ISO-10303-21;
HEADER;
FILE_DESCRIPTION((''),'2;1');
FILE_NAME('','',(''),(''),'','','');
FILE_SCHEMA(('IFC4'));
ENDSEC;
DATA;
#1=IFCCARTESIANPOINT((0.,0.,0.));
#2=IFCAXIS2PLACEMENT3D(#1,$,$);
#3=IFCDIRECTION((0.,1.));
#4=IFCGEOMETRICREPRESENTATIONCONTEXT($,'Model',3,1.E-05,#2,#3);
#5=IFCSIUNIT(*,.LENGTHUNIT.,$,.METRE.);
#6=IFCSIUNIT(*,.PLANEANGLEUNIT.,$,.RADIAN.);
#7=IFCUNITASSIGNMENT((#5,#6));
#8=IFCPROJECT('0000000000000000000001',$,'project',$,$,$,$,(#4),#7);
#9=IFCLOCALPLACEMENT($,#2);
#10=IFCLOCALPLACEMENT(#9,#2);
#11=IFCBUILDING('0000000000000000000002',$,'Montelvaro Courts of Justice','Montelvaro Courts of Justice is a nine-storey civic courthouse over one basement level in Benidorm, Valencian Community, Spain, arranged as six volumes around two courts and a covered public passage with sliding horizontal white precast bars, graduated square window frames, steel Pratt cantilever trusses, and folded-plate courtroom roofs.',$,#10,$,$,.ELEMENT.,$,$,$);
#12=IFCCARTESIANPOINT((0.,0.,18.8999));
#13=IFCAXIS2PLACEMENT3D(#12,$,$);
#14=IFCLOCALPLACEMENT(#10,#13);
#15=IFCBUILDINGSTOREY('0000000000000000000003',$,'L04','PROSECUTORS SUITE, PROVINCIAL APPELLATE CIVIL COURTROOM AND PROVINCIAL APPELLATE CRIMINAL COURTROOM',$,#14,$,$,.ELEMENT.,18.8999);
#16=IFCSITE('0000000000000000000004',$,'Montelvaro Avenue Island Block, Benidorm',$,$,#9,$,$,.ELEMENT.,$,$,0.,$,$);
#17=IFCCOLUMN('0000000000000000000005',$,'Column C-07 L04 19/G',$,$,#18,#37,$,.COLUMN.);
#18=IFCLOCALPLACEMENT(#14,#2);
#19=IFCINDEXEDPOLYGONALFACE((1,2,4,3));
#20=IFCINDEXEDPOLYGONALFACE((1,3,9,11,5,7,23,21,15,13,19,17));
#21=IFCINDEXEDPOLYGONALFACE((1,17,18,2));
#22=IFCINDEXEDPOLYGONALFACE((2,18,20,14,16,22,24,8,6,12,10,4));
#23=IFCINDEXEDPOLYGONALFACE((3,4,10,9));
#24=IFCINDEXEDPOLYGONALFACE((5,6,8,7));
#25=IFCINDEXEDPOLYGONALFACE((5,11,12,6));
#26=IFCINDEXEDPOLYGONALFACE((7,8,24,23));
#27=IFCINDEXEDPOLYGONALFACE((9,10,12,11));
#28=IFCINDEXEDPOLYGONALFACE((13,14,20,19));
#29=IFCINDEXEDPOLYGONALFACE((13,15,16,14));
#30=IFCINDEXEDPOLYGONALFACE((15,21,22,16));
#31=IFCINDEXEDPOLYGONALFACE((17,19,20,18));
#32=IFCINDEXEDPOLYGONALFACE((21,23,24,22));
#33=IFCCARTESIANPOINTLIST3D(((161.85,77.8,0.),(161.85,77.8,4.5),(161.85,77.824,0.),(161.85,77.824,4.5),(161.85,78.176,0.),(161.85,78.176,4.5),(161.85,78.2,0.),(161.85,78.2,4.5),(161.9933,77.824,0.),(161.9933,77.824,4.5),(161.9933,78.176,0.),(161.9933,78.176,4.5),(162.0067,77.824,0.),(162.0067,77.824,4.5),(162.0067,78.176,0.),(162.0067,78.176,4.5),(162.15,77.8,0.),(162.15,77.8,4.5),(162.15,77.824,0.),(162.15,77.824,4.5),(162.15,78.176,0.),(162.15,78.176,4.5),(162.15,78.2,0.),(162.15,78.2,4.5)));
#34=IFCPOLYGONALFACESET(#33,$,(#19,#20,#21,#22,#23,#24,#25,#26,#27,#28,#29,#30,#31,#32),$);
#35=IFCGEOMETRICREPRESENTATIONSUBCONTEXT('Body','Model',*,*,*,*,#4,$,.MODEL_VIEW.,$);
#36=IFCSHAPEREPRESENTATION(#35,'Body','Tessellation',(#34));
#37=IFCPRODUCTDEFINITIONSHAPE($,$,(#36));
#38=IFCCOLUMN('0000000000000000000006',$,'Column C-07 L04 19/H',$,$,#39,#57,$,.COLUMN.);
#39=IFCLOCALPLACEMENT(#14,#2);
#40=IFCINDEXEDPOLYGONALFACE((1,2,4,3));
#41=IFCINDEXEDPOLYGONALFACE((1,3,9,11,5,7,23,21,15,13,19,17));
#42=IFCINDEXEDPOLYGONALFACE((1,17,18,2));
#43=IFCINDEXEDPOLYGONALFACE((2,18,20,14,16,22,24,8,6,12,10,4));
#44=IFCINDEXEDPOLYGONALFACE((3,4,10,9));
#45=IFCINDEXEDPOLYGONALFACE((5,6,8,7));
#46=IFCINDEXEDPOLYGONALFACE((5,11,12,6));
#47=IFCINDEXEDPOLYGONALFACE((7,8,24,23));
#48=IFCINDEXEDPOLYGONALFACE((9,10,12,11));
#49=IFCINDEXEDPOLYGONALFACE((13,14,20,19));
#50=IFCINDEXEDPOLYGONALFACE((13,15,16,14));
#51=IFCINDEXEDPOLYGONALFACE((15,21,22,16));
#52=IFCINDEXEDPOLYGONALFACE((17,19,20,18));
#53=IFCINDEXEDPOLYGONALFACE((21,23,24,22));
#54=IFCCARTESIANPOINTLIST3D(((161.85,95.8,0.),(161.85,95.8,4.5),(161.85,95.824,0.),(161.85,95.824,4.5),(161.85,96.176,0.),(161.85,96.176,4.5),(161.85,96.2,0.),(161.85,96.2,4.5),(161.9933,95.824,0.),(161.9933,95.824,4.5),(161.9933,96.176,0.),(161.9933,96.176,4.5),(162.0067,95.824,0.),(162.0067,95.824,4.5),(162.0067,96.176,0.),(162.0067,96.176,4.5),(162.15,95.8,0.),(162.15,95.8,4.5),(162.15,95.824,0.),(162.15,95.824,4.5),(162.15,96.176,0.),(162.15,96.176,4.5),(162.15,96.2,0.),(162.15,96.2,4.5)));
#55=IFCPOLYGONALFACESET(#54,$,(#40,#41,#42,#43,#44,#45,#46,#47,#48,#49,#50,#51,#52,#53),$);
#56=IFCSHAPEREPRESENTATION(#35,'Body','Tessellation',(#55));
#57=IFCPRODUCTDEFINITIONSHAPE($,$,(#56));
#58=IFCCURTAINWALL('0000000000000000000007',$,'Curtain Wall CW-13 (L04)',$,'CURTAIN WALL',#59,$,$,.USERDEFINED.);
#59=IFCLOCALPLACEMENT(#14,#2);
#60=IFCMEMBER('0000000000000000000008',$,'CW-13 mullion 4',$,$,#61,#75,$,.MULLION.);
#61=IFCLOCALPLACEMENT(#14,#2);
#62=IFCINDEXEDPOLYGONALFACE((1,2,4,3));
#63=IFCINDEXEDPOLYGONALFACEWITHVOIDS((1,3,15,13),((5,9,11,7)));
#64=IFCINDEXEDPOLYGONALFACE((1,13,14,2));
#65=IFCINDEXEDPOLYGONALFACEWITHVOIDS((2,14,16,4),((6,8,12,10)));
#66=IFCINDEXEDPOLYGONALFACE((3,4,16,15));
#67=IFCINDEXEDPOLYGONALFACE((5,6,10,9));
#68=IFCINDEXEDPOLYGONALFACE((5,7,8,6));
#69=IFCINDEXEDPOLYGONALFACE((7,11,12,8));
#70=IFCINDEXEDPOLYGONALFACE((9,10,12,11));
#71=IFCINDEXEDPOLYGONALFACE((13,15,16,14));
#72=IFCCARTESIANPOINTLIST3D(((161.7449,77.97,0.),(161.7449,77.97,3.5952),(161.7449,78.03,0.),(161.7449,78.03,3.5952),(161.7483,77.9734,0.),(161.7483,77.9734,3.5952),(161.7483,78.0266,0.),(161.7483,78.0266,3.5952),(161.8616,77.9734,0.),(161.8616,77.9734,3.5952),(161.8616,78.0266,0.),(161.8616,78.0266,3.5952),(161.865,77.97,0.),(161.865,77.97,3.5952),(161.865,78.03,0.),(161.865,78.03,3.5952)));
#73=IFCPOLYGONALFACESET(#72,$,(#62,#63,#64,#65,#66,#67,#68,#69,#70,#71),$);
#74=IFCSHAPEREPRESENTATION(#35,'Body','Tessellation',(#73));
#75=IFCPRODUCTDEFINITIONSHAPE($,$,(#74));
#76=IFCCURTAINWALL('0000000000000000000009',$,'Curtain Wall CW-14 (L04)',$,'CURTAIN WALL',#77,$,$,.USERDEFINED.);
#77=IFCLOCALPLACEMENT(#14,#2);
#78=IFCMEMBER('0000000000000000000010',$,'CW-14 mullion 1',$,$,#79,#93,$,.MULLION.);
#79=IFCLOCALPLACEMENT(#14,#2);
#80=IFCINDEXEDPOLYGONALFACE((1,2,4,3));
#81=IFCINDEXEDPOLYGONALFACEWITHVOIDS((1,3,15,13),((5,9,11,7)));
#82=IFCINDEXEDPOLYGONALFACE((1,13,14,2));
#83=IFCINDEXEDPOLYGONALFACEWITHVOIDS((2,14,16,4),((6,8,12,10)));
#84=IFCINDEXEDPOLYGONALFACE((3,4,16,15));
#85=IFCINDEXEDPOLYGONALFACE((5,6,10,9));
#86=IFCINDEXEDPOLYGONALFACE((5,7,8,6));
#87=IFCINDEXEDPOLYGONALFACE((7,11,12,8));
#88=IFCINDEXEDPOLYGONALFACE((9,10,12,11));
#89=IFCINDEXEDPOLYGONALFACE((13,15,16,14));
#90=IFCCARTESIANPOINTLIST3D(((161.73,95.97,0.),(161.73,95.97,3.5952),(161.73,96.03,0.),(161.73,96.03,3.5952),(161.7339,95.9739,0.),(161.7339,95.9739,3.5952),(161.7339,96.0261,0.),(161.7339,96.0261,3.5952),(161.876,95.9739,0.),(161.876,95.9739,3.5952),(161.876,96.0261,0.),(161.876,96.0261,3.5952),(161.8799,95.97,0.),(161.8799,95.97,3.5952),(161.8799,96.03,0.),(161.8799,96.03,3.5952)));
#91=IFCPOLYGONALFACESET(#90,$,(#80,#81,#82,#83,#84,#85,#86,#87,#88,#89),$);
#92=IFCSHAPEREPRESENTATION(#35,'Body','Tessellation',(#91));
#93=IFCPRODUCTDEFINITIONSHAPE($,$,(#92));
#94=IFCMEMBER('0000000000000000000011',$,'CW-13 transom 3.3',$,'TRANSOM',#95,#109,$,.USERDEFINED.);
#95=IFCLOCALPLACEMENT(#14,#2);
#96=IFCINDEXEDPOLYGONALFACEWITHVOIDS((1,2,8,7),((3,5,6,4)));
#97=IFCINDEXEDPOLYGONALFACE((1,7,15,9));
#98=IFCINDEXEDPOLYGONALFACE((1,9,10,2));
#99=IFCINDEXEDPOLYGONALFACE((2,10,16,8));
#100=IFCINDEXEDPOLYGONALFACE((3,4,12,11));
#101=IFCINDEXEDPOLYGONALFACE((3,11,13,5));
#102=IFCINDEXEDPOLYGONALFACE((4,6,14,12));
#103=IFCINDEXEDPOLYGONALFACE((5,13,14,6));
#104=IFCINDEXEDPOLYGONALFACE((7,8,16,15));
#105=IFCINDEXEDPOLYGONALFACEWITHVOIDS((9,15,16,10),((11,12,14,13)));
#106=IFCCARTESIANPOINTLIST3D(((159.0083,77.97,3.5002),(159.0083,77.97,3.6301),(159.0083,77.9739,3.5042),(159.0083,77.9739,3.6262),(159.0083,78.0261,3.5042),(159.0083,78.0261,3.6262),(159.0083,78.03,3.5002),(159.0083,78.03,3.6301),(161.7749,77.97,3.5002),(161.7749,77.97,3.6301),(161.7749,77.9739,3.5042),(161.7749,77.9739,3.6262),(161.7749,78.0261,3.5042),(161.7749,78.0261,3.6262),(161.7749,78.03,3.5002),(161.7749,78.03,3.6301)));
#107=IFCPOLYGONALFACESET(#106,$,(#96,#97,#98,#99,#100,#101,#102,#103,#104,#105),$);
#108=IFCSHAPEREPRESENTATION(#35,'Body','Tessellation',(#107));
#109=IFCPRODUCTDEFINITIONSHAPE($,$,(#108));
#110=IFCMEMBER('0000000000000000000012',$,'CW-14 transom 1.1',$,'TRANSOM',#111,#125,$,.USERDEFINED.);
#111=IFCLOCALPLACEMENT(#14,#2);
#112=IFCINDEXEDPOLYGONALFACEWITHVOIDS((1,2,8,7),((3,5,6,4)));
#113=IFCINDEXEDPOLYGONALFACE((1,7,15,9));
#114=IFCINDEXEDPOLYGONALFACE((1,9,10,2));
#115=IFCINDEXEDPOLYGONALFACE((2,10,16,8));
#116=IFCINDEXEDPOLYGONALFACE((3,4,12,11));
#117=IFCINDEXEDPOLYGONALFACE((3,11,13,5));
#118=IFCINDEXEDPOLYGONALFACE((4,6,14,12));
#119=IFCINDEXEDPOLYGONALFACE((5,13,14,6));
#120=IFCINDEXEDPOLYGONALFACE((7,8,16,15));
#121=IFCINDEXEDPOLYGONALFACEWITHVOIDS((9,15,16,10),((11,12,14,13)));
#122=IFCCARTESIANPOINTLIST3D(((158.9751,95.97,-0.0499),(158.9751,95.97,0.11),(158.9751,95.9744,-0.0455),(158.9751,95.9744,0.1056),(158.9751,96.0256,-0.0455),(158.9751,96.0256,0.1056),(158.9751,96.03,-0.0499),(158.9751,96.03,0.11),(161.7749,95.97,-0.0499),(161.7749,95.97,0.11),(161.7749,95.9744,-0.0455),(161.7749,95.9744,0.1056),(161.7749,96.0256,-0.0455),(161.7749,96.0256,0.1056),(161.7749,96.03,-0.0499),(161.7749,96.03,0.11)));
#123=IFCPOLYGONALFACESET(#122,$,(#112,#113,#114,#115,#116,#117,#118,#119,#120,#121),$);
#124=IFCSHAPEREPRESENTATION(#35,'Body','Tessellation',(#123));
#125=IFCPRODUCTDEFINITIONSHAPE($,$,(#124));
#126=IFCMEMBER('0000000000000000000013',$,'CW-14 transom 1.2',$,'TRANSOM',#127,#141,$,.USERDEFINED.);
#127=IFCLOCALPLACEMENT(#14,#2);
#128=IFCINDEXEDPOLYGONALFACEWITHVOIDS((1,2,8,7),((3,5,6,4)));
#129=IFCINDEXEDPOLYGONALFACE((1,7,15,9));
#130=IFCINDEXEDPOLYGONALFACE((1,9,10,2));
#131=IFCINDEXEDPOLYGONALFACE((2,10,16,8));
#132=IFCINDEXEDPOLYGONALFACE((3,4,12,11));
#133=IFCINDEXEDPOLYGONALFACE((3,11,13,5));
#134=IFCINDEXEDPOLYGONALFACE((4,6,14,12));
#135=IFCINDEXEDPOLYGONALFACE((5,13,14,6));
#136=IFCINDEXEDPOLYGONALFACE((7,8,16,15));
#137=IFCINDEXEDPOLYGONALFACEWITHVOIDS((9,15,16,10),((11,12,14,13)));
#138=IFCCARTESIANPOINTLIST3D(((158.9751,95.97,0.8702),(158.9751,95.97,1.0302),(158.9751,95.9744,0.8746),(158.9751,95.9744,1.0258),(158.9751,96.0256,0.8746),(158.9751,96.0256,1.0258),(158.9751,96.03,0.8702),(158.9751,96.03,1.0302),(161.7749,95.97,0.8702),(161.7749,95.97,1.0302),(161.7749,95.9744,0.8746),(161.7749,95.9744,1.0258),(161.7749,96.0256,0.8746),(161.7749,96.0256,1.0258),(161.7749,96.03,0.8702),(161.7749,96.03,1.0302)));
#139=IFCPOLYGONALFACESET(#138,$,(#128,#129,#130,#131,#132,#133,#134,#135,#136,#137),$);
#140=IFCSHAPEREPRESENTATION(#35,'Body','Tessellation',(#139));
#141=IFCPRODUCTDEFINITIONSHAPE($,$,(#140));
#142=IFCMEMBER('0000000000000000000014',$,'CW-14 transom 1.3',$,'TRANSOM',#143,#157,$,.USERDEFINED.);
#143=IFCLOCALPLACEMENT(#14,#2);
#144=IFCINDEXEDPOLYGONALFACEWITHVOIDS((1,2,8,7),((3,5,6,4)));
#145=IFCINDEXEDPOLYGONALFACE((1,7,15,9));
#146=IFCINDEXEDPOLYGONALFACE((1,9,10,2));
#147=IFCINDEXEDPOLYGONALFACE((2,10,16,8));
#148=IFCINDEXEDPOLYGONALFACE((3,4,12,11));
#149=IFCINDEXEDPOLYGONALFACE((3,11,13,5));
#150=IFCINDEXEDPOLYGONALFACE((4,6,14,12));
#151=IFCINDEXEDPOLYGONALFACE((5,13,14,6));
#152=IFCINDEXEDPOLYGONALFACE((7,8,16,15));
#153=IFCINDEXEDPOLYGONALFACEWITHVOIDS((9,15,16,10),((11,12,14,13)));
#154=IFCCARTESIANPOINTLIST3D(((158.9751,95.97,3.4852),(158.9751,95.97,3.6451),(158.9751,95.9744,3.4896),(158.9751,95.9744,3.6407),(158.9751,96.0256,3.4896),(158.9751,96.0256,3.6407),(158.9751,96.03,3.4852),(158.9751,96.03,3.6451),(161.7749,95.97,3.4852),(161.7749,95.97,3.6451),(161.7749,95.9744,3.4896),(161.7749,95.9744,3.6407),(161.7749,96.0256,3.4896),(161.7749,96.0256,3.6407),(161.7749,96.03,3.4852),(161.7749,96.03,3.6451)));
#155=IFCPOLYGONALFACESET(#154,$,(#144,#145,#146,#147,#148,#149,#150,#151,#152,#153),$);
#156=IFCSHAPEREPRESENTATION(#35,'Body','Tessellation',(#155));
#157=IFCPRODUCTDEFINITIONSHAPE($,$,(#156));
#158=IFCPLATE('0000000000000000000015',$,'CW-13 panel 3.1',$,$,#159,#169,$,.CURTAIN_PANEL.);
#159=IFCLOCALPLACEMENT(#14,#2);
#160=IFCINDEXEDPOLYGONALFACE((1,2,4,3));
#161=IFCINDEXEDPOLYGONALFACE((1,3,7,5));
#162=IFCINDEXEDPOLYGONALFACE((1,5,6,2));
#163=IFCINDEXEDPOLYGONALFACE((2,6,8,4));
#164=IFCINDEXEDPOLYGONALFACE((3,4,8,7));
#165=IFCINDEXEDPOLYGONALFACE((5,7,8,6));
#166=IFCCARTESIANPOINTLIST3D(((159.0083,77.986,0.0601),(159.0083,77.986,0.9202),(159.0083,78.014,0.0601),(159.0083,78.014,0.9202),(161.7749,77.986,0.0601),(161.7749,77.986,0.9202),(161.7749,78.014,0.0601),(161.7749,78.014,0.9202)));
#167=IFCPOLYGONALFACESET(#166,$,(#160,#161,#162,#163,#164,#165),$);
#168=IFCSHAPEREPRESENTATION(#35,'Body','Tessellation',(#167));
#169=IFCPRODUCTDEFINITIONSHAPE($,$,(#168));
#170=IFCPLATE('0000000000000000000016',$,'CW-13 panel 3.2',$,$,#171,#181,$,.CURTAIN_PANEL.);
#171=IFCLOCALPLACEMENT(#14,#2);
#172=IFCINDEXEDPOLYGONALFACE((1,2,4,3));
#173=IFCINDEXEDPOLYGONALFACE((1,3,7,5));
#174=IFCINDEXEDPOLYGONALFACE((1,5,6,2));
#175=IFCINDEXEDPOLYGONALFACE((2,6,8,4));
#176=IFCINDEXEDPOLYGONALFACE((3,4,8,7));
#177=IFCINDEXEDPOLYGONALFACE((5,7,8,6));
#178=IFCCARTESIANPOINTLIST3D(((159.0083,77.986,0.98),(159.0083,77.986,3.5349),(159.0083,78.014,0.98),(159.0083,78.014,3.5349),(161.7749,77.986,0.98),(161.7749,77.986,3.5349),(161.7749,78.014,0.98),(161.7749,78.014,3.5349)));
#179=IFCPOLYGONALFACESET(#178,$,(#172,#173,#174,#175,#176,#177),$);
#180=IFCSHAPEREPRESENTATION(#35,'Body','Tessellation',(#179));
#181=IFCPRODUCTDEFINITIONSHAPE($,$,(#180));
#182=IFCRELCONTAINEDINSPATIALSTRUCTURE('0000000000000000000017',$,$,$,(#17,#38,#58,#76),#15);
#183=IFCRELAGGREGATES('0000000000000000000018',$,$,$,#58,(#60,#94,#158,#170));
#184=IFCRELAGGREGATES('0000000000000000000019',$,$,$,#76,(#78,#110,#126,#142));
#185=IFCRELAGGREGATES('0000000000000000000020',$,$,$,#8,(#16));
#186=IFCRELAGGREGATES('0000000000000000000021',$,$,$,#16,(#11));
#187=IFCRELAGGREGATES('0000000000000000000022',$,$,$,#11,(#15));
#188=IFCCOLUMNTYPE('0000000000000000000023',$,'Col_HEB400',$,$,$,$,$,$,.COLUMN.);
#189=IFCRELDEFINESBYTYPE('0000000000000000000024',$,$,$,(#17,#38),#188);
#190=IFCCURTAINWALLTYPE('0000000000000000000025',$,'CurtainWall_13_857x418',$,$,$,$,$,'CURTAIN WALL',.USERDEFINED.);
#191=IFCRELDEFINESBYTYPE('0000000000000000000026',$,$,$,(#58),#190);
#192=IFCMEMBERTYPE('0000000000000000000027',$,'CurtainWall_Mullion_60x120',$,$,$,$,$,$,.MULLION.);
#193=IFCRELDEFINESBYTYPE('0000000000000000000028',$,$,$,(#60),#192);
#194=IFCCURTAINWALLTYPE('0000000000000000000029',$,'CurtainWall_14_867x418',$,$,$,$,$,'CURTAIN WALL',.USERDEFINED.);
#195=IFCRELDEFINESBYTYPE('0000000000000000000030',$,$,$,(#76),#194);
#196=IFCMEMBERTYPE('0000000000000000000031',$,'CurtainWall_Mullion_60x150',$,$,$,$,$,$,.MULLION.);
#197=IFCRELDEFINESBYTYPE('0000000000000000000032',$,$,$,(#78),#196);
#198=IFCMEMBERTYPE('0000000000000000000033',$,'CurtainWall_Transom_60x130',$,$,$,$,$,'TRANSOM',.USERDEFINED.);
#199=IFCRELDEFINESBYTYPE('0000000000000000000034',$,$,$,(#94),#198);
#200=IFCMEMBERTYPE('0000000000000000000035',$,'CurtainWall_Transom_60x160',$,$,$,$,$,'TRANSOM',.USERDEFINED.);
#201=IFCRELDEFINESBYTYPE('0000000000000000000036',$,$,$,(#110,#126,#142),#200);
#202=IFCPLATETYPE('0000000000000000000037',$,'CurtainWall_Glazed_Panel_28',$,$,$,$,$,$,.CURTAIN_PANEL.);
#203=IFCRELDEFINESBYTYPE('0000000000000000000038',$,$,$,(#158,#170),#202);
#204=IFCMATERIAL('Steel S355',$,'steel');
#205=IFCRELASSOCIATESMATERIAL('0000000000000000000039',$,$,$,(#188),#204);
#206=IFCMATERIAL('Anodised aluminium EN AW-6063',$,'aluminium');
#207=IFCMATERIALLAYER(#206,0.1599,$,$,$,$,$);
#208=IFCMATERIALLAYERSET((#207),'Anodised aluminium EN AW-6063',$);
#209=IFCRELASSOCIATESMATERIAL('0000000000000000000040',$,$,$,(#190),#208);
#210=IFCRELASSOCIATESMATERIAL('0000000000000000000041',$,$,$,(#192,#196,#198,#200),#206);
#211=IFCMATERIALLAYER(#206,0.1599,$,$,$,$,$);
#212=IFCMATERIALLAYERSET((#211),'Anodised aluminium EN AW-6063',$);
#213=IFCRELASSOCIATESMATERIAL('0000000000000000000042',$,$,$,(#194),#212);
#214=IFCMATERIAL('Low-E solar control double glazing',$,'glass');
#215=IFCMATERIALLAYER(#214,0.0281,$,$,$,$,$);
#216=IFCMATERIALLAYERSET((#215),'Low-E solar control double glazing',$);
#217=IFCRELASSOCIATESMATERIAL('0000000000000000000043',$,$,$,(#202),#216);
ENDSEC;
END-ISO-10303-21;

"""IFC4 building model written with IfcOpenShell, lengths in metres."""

from ifc_helpers import new_model, si_unit, direction, frame, origin, origin_2d, place, context, subcontext, project, spatial, rectangle, hollow_rectangle, i_section, extrude, material, layer, layer_set, material_profile, profile_set, type_object, element, aggregate, save


model = new_model("IFC4")

# Units and contexts
model_context = context("Model", 3, precision=1e-05, world=origin(), true_north=direction((0.0, 1.0)))
body_context = subcontext(model_context, "Body", "Model", "MODEL_VIEW")
ifc_project = project(units=[si_unit("LENGTHUNIT", "METRE"), si_unit("PLANEANGLEUNIT", "RADIAN")], contexts=[model_context])

# Site, building, storey
site_placement = place(None, origin())
site = spatial("IfcSite", under=ifc_project, at=site_placement, Name="Montelvaro Avenue Island Block, Benidorm", CompositionType="ELEMENT", RefElevation=0.0)
building_placement = place(site_placement, origin())
building = spatial("IfcBuilding", under=site, at=building_placement, Name="Montelvaro Courts of Justice", Description="Montelvaro Courts of Justice is a nine-storey civic courthouse over one basement level in Benidorm, Valencian Community, Spain, arranged as six volumes around two courts and a covered public passage with sliding horizontal white precast bars, graduated square window frames, steel Pratt cantilever trusses, and folded-plate courtroom roofs.", CompositionType="ELEMENT")
storey_placement = place(building_placement, frame((0.0, 0.0, 18.8999)))
storey = spatial("IfcBuildingStorey", under=building, at=storey_placement, Name="L04", Description="PROSECUTORS SUITE, PROVINCIAL APPELLATE CIVIL COURTROOM AND PROVINCIAL APPELLATE CRIMINAL COURTROOM", CompositionType="ELEMENT", Elevation=18.8999)

# Columns
ifc_material_1 = material(Name="Steel S355", Category="steel")
ifc_material_profile_1 = material_profile(ifc_material_1, i_section(OverallWidth=0.3, OverallDepth=0.3999, WebThickness=0.0134, FlangeThickness=0.0239, at=origin_2d()), Name="HEB 400")
ifc_profile_set_1 = profile_set([ifc_material_profile_1], Name="Steel S355")
column_type = type_object("IfcColumnType", Name="Col_HEB400", PredefinedType="COLUMN", material=ifc_profile_set_1)
for number, where, z_axis, x_axis, name in (
    (1, (162.0, 78.0, 0.0), (0.0, 0.0, 1.0), (1.0, 0.0, 0.0), "Column C-07 L04 19/G"),
    (2, (162.0, 96.0, 0.0), (0.0, 0.0, 1.0), (1.0, 0.0, 0.0), "Column C-07 L04 19/H"),
):
    element("IfcColumn", number, at=place(storey_placement, frame(where, z_axis=z_axis, x_axis=x_axis)), inside=storey, type_object=column_type, Name=name, PredefinedType="COLUMN", context=body_context, shape_type="SweptSolid", body=[
        extrude(i_section(OverallWidth=0.3, OverallDepth=0.3999, WebThickness=0.0134, FlangeThickness=0.0239, at=origin_2d()), origin(), (0.0, 0.0, 1.0), 4.5),
    ])

# Curtain walls, members
ifc_material_2 = material(Name="Anodised aluminium EN AW-6063", Category="aluminium")
ifc_layer_1 = layer(ifc_material_2, 0.1599)
ifc_layer_set_1 = layer_set([ifc_layer_1], Name="Anodised aluminium EN AW-6063")
curtain_wall_type_1 = type_object("IfcCurtainWallType", Name="CurtainWall_13_857x418", ElementType="CURTAIN WALL", PredefinedType="USERDEFINED", material=ifc_layer_set_1)
curtain_wall_1_placement = place(storey_placement, origin())
curtain_wall_1 = element("IfcCurtainWall", 3, at=curtain_wall_1_placement, inside=storey, type_object=curtain_wall_type_1, Name="Curtain Wall CW-13 (L04)", ObjectType="CURTAIN WALL", PredefinedType="USERDEFINED")
ifc_material_profile_2 = material_profile(ifc_material_2, hollow_rectangle(XDim=0.0601, YDim=0.1201, WallThickness=0.0034, at=origin_2d()), Name="ALU-M 60x120")
ifc_profile_set_2 = profile_set([ifc_material_profile_2], Name="Anodised aluminium EN AW-6063")
member_type_1 = type_object("IfcMemberType", Name="CurtainWall_Mullion_60x120", PredefinedType="MULLION", material=ifc_profile_set_2)
member_1_placement = place(storey_placement, frame((161.8049, 78.0, 0.0), z_axis=(0.0, 0.0, 1.0), x_axis=(0.0, 1.0, 0.0)))
member_1 = element("IfcMember", 4, at=member_1_placement, type_object=member_type_1, Name="CW-13 mullion 4", PredefinedType="MULLION", context=body_context, shape_type="SweptSolid", body=[
    extrude(hollow_rectangle(XDim=0.0601, YDim=0.1201, WallThickness=0.0034, at=origin_2d()), origin(), (0.0, 0.0, 1.0), 3.5952),
])
ifc_layer_2 = layer(ifc_material_2, 0.1599)
ifc_layer_set_2 = layer_set([ifc_layer_2], Name="Anodised aluminium EN AW-6063")
curtain_wall_type_2 = type_object("IfcCurtainWallType", Name="CurtainWall_14_867x418", ElementType="CURTAIN WALL", PredefinedType="USERDEFINED", material=ifc_layer_set_2)
curtain_wall_2_placement = place(storey_placement, origin())
curtain_wall_2 = element("IfcCurtainWall", 5, at=curtain_wall_2_placement, inside=storey, type_object=curtain_wall_type_2, Name="Curtain Wall CW-14 (L04)", ObjectType="CURTAIN WALL", PredefinedType="USERDEFINED")
ifc_material_profile_3 = material_profile(ifc_material_2, hollow_rectangle(XDim=0.0601, YDim=0.1499, WallThickness=0.0039, at=origin_2d()), Name="ALU-M 60x150")
ifc_profile_set_3 = profile_set([ifc_material_profile_3], Name="Anodised aluminium EN AW-6063")
member_type_2 = type_object("IfcMemberType", Name="CurtainWall_Mullion_60x150", PredefinedType="MULLION", material=ifc_profile_set_3)
member_2_placement = place(storey_placement, frame((161.8049, 96.0, 0.0), z_axis=(0.0, 0.0, 1.0), x_axis=(0.0, -1.0, 0.0)))
member_2 = element("IfcMember", 6, at=member_2_placement, type_object=member_type_2, Name="CW-14 mullion 1", PredefinedType="MULLION", context=body_context, shape_type="SweptSolid", body=[
    extrude(hollow_rectangle(XDim=0.0601, YDim=0.1499, WallThickness=0.0039, at=origin_2d()), origin(), (0.0, 0.0, 1.0), 3.5952),
])

# Members
ifc_material_profile_4 = material_profile(ifc_material_2, hollow_rectangle(XDim=0.0601, YDim=0.1299, WallThickness=0.0039, at=origin_2d()), Name="ALU-T 60x130")
ifc_profile_set_4 = profile_set([ifc_material_profile_4], Name="Anodised aluminium EN AW-6063")
member_type_3 = type_object("IfcMemberType", Name="CurtainWall_Transom_60x130", ElementType="TRANSOM", PredefinedType="USERDEFINED", material=ifc_profile_set_4)
member_3_placement = place(storey_placement, frame((159.0083, 78.0, 3.5652), z_axis=(1.0, 0.0, 0.0), x_axis=(0.0, 1.0, 0.0)))
member_3 = element("IfcMember", 7, at=member_3_placement, type_object=member_type_3, Name="CW-13 transom 3.3", ObjectType="TRANSOM", PredefinedType="USERDEFINED", context=body_context, shape_type="SweptSolid", body=[
    extrude(hollow_rectangle(XDim=0.0601, YDim=0.1299, WallThickness=0.0039, at=origin_2d()), origin(), (0.0, 0.0, 1.0), 2.7666),
])
ifc_material_profile_5 = material_profile(ifc_material_2, hollow_rectangle(XDim=0.0601, YDim=0.1599, WallThickness=0.0044, at=origin_2d()), Name="ALU-T 60x160")
ifc_profile_set_5 = profile_set([ifc_material_profile_5], Name="Anodised aluminium EN AW-6063")
member_type_4 = type_object("IfcMemberType", Name="CurtainWall_Transom_60x160", ElementType="TRANSOM", PredefinedType="USERDEFINED", material=ifc_profile_set_5)
member_4_placement = place(storey_placement, frame((161.7749, 96.0, 0.03), z_axis=(-1.0, 0.0, 0.0), x_axis=(0.0, -1.0, 0.0)))
member_4 = element("IfcMember", 8, at=member_4_placement, type_object=member_type_4, Name="CW-14 transom 1.1", ObjectType="TRANSOM", PredefinedType="USERDEFINED", context=body_context, shape_type="SweptSolid", body=[
    extrude(hollow_rectangle(XDim=0.0601, YDim=0.1599, WallThickness=0.0044, at=origin_2d()), origin(), (0.0, 0.0, 1.0), 2.7998),
])
member_5_placement = place(storey_placement, frame((161.7749, 96.0, 0.9502), z_axis=(-1.0, 0.0, 0.0), x_axis=(0.0, -1.0, 0.0)))
member_5 = element("IfcMember", 9, at=member_5_placement, type_object=member_type_4, Name="CW-14 transom 1.2", ObjectType="TRANSOM", PredefinedType="USERDEFINED", context=body_context, shape_type="SweptSolid", body=[
    extrude(hollow_rectangle(XDim=0.0601, YDim=0.1599, WallThickness=0.0044, at=origin_2d()), origin(), (0.0, 0.0, 1.0), 2.7998),
])
member_6_placement = place(storey_placement, frame((161.7749, 96.0, 3.5652), z_axis=(-1.0, 0.0, 0.0), x_axis=(0.0, -1.0, 0.0)))
member_6 = element("IfcMember", 10, at=member_6_placement, type_object=member_type_4, Name="CW-14 transom 1.3", ObjectType="TRANSOM", PredefinedType="USERDEFINED", context=body_context, shape_type="SweptSolid", body=[
    extrude(hollow_rectangle(XDim=0.0601, YDim=0.1599, WallThickness=0.0044, at=origin_2d()), origin(), (0.0, 0.0, 1.0), 2.7998),
])

# Plates
ifc_material_3 = material(Name="Low-E solar control double glazing", Category="glass")
ifc_layer_3 = layer(ifc_material_3, 0.0281)
ifc_layer_set_3 = layer_set([ifc_layer_3], Name="Low-E solar control double glazing")
plate_type = type_object("IfcPlateType", Name="CurtainWall_Glazed_Panel_28", PredefinedType="CURTAIN_PANEL", material=ifc_layer_set_3)
plate_1_placement = place(storey_placement, frame((160.3916, 78.0, 0.0601), z_axis=(0.0, 0.0, 1.0), x_axis=(1.0, 0.0, 0.0)))
plate_1 = element("IfcPlate", 11, at=plate_1_placement, type_object=plate_type, Name="CW-13 panel 3.1", PredefinedType="CURTAIN_PANEL", context=body_context, shape_type="SweptSolid", body=[
    extrude(rectangle(XDim=2.7666, YDim=0.0281, at=origin_2d()), origin(), (0.0, 0.0, 1.0), 0.8601),
])
plate_2_placement = place(storey_placement, frame((160.3916, 78.0, 0.98), z_axis=(0.0, 0.0, 1.0), x_axis=(1.0, 0.0, 0.0)))
plate_2 = element("IfcPlate", 12, at=plate_2_placement, type_object=plate_type, Name="CW-13 panel 3.2", PredefinedType="CURTAIN_PANEL", context=body_context, shape_type="SweptSolid", body=[
    extrude(rectangle(XDim=2.7666, YDim=0.0281, at=origin_2d()), origin(), (0.0, 0.0, 1.0), 2.5549),
])
aggregate(curtain_wall_1, [member_1, member_3, plate_1, plate_2])
aggregate(curtain_wall_2, [member_2, member_4, member_5, member_6])

save(model, "model.ifc")
